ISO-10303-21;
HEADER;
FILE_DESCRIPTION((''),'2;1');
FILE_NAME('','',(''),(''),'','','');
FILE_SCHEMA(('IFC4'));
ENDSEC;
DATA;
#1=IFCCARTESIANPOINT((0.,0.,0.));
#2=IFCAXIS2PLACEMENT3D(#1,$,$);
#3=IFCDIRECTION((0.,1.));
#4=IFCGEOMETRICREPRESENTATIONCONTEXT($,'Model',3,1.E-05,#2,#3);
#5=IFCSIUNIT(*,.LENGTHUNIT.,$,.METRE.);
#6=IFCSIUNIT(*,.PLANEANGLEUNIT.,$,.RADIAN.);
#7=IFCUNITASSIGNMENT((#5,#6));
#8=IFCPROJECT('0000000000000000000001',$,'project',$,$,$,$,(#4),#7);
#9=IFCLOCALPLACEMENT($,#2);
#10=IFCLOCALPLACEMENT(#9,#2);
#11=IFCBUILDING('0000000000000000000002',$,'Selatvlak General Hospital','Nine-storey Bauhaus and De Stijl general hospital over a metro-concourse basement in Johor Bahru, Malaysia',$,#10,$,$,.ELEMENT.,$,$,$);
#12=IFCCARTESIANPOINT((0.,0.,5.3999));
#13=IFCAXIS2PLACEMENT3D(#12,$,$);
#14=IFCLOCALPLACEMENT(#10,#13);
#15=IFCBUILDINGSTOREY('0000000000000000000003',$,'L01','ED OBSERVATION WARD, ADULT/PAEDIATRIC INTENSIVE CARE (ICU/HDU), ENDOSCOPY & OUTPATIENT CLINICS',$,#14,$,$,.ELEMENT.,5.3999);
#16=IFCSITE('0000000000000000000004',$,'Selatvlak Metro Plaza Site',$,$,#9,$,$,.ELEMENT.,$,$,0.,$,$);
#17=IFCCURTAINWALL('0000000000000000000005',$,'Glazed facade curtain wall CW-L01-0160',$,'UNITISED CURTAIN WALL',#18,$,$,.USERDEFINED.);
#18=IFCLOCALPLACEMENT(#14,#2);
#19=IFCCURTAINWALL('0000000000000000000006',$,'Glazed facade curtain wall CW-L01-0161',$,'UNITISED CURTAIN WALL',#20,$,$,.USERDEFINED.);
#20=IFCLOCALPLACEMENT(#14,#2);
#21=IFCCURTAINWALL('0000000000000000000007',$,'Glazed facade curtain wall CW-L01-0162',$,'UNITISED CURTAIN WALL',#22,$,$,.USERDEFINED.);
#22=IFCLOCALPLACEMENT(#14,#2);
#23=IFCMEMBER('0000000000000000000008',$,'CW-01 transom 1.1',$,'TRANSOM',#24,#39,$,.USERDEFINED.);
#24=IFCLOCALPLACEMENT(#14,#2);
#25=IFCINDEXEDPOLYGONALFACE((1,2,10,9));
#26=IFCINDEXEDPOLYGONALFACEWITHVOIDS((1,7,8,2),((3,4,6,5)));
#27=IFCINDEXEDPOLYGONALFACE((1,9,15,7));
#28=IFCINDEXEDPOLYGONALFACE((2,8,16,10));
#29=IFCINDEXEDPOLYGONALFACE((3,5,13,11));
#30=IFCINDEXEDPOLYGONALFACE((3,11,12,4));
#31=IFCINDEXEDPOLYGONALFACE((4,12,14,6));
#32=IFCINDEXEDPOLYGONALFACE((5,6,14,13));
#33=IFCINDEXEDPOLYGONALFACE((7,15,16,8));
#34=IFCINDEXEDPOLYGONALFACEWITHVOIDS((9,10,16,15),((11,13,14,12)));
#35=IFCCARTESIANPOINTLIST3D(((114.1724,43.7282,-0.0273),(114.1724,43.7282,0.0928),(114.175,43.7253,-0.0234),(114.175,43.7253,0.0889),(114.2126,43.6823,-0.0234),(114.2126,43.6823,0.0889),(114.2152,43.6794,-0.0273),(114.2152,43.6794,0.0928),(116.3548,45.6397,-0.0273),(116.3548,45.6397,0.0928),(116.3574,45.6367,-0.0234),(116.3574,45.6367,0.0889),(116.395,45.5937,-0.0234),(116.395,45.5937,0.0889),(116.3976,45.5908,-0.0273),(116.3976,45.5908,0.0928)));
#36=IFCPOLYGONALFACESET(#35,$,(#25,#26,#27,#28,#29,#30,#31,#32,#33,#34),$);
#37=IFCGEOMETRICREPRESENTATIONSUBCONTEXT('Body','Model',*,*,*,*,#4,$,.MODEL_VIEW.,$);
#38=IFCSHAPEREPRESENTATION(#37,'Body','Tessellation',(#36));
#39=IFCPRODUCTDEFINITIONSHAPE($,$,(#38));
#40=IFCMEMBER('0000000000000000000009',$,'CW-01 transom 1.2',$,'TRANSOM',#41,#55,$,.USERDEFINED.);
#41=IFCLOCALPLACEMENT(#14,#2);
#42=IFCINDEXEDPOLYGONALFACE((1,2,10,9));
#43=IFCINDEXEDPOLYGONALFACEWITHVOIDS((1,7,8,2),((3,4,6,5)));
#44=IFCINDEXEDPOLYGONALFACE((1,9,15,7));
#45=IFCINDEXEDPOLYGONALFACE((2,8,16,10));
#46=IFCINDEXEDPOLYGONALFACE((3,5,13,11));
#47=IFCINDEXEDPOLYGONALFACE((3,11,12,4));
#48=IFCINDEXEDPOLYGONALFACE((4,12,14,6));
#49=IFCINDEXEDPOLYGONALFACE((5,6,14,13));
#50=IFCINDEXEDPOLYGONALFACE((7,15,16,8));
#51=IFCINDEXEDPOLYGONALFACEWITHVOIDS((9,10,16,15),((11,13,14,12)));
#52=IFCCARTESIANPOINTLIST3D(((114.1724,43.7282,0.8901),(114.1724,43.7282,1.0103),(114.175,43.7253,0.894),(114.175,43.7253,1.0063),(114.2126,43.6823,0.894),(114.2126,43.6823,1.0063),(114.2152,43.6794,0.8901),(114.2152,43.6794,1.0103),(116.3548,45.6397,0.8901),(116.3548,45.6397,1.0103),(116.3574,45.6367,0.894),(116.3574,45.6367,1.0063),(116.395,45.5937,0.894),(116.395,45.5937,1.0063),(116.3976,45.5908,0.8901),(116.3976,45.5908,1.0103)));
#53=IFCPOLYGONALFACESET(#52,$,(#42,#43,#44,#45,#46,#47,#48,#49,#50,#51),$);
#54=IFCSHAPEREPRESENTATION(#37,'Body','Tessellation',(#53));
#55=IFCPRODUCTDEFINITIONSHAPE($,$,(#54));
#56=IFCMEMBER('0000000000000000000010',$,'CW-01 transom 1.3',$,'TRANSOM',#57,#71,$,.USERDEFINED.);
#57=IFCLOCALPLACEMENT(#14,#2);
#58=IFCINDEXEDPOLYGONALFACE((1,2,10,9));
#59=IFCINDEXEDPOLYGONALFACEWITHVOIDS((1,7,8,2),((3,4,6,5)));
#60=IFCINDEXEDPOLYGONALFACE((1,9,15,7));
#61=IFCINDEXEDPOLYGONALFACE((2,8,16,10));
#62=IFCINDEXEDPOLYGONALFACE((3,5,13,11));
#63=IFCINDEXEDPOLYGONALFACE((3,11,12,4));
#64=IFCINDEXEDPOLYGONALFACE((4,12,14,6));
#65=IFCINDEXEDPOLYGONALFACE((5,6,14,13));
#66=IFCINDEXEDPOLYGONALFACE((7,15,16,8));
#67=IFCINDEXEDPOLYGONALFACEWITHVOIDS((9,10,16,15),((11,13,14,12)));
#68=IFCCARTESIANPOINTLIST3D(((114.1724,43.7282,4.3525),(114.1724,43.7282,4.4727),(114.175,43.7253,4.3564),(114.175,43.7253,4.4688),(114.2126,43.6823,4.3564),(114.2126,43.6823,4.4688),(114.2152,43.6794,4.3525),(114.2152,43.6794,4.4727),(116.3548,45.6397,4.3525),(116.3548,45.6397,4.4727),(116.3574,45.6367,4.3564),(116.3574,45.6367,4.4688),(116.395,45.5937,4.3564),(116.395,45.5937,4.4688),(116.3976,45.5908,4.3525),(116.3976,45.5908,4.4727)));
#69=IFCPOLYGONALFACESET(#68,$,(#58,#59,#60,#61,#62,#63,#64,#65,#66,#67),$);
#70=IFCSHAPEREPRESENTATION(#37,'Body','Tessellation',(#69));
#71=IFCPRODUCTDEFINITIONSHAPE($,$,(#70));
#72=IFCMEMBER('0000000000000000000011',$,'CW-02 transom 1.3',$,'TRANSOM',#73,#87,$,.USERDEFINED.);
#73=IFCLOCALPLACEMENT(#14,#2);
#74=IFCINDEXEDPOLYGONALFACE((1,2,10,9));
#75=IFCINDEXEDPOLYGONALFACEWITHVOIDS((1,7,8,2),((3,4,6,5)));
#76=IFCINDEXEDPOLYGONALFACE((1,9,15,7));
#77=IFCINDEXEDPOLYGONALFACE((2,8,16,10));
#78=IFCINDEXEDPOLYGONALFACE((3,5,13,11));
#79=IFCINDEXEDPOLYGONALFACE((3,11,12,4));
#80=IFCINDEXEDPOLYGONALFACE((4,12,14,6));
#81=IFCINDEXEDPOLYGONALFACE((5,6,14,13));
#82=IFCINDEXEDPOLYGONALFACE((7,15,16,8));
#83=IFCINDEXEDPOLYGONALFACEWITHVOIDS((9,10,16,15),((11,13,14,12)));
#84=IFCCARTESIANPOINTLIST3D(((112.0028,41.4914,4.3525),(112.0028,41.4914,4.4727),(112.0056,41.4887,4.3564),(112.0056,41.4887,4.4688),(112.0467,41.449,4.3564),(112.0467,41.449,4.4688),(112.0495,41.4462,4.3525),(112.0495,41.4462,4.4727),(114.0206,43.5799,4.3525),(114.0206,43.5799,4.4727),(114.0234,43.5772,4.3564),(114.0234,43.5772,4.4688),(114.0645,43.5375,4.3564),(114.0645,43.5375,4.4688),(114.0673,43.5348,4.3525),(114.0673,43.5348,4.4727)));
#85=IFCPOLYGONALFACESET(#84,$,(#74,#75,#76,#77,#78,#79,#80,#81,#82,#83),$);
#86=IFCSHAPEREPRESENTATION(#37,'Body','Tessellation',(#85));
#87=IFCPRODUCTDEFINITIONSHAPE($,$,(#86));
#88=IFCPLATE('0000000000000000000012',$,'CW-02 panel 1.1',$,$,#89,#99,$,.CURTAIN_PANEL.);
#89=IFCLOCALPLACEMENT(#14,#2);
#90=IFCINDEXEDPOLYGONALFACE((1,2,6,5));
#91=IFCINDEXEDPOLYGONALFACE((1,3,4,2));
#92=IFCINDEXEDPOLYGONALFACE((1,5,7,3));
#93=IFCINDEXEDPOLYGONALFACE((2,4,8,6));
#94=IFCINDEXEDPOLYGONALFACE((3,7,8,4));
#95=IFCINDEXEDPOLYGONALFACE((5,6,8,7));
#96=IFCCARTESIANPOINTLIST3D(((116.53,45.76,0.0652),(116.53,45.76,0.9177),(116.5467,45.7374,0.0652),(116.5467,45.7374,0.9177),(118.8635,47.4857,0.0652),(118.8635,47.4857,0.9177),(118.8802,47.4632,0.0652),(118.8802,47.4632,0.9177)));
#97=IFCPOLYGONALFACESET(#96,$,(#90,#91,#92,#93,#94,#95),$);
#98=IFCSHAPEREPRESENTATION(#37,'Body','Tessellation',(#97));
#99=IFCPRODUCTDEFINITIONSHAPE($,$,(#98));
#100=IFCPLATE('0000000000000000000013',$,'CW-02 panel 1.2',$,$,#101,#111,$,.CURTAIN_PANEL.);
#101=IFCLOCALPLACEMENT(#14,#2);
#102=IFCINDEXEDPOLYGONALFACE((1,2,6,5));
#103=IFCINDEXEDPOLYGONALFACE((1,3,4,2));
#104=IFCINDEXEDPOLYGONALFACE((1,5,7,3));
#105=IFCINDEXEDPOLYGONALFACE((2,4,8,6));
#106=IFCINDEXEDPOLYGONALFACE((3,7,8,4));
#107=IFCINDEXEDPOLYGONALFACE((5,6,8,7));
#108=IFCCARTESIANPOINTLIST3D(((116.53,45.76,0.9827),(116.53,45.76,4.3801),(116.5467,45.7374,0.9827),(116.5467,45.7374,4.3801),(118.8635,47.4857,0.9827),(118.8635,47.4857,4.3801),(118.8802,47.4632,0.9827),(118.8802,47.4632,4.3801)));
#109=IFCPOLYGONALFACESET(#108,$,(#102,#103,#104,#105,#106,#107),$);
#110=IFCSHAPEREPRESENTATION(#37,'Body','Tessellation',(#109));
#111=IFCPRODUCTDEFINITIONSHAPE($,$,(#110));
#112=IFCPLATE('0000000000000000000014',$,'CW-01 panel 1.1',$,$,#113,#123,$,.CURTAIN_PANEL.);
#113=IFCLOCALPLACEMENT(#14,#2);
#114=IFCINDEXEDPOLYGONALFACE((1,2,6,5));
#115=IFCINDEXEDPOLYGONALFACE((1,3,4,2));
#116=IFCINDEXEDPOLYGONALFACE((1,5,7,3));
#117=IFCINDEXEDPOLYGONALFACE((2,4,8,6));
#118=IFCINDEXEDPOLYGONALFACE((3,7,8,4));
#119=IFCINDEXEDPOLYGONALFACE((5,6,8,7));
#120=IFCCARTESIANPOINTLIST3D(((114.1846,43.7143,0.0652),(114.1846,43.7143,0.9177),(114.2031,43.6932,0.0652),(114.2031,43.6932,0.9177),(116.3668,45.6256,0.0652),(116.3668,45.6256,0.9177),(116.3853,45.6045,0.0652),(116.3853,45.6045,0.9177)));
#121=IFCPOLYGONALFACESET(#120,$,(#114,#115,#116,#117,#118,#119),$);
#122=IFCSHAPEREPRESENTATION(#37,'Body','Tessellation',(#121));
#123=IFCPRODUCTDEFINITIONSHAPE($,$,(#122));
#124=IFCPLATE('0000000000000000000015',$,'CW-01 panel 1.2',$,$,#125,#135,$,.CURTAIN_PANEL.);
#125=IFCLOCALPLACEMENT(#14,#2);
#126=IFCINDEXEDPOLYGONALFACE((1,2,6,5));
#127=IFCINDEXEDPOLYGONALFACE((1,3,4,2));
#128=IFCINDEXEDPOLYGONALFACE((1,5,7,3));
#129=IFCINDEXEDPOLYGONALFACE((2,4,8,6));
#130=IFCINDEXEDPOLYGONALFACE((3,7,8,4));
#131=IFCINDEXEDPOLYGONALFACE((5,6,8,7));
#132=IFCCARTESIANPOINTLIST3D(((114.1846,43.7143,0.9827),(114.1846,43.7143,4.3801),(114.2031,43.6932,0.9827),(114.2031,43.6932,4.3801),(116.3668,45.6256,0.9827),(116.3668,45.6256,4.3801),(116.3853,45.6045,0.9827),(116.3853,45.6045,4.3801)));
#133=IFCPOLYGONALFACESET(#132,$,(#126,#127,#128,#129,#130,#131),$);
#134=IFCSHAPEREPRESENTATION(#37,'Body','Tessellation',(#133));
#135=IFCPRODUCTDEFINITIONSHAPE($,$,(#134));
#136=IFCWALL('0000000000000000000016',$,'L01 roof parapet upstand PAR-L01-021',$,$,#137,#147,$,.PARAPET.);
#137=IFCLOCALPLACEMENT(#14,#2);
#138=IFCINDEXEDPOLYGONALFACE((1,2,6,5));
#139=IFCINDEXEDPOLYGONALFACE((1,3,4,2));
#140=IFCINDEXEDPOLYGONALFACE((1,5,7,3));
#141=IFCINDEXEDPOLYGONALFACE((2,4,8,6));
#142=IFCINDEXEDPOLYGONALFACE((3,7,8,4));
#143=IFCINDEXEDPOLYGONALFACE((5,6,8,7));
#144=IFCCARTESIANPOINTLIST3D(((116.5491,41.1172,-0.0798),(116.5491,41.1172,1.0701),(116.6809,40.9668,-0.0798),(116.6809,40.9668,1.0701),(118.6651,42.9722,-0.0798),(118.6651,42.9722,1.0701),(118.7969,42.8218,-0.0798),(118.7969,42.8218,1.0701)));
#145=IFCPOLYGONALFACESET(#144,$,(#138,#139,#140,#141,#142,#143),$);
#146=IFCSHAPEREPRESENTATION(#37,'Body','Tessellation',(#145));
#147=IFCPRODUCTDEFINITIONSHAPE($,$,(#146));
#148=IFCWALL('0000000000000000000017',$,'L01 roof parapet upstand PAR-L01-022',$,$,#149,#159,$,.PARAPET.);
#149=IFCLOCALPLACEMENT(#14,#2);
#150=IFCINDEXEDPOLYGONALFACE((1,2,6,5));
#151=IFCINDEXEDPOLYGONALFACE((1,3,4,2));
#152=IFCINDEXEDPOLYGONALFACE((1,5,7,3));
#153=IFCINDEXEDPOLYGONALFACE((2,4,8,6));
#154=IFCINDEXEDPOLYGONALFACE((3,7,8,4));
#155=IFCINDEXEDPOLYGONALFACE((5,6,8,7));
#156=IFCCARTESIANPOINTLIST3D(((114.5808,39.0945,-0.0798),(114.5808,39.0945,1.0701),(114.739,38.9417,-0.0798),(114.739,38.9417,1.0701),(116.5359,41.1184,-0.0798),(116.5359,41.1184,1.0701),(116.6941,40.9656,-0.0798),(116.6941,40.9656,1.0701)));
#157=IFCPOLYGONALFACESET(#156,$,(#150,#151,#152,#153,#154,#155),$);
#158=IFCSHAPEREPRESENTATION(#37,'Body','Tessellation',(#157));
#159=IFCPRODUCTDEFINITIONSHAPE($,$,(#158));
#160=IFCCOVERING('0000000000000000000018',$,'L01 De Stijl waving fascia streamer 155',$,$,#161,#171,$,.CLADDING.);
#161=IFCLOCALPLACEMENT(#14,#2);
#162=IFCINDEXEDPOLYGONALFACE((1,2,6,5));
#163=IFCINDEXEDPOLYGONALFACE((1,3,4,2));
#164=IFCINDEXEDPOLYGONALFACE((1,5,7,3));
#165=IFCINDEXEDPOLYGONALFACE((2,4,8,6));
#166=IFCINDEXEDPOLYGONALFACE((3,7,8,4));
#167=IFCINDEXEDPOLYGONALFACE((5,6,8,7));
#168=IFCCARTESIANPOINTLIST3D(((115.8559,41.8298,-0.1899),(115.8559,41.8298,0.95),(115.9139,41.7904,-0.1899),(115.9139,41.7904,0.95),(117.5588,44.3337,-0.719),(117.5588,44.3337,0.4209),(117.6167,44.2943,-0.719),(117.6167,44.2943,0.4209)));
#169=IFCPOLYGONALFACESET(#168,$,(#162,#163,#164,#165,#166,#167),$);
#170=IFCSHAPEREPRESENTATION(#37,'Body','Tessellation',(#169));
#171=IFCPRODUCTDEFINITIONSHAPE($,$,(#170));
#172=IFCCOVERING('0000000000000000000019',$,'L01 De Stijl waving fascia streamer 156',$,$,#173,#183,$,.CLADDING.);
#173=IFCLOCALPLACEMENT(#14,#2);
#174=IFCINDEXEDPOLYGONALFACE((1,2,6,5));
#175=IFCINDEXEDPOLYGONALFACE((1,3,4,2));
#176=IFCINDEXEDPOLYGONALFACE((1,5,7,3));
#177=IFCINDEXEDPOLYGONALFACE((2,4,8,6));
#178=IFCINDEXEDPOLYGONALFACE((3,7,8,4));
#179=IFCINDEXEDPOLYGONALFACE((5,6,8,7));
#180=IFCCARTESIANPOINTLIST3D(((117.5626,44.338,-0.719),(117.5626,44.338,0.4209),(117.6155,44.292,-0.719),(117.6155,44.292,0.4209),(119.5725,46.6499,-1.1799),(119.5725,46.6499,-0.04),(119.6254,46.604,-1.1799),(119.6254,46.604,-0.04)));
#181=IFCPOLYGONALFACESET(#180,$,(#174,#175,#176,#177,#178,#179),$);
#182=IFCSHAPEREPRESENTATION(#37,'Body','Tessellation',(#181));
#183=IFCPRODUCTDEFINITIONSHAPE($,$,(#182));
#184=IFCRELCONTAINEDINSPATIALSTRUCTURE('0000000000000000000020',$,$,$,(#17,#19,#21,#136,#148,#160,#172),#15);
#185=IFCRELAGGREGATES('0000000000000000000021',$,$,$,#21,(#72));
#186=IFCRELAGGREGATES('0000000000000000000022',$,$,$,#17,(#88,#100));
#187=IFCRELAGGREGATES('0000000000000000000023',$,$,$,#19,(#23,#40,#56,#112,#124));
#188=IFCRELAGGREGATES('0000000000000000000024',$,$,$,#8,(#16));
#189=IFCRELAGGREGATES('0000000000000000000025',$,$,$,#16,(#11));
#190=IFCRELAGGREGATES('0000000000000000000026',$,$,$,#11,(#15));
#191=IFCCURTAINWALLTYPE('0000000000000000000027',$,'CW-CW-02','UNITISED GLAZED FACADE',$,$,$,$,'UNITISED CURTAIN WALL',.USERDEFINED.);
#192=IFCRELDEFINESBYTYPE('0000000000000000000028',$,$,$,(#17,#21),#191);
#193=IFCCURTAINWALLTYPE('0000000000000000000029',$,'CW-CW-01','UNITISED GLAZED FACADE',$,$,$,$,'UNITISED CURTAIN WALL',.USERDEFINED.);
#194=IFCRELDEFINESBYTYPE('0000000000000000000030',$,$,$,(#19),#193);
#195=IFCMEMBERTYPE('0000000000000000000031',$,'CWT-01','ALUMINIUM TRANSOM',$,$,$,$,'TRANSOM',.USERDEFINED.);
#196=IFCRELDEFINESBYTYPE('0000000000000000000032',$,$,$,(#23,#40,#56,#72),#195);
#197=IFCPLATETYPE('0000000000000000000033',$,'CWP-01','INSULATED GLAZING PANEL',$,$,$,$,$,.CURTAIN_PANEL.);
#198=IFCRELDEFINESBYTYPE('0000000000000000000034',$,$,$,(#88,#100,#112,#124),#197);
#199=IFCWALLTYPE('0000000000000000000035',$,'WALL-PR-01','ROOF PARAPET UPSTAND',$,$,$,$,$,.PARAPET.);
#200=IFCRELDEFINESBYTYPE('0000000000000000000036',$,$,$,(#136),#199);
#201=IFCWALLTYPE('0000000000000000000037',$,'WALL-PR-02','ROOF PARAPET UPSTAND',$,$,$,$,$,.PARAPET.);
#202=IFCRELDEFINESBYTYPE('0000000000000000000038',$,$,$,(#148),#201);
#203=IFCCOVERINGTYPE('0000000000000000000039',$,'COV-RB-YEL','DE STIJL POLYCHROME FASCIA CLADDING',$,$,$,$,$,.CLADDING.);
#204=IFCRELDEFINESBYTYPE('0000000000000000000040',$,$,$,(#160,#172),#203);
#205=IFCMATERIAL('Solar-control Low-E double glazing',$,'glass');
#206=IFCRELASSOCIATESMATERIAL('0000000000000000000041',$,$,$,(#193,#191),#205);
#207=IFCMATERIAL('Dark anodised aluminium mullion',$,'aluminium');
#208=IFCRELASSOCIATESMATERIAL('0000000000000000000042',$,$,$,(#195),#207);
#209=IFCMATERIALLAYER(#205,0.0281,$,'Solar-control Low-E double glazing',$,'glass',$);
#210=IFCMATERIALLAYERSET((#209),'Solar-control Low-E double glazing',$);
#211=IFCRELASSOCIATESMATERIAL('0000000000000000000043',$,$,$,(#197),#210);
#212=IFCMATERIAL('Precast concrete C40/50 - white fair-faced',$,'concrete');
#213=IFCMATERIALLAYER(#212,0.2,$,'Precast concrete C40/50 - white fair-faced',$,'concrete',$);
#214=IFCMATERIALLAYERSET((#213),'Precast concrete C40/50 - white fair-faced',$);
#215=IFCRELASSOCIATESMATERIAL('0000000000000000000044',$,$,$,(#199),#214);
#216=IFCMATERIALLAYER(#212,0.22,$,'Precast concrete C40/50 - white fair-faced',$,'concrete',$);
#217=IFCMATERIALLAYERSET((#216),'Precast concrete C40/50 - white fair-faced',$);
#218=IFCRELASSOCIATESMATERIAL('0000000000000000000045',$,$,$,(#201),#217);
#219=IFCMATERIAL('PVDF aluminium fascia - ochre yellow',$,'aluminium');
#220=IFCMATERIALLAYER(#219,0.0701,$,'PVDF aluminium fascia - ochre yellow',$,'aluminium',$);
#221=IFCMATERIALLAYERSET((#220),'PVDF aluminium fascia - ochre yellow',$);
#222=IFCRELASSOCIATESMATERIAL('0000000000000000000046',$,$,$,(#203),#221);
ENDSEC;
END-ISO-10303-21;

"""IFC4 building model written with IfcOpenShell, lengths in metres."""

from ifc_helpers import new_model, si_unit, direction, frame, frame_2d, origin, origin_2d, place, context, subcontext, project, spatial, polyline, rectangle, hollow_rectangle, outline, extrude, material, layer, layer_set, material_profile, profile_set, type_object, element, aggregate, save


model = new_model("IFC4")

# Units and contexts
model_context = context("Model", 3, precision=1e-05, world=origin(), true_north=direction((0.0, 1.0)))
body_context = subcontext(model_context, "Body", "Model", "MODEL_VIEW")
ifc_project = project(units=[si_unit("LENGTHUNIT", "METRE"), si_unit("PLANEANGLEUNIT", "RADIAN")], contexts=[model_context])

# Site, building, storey
site_placement = place(None, origin())
site = spatial("IfcSite", under=ifc_project, at=site_placement, Name="Selatvlak Metro Plaza Site", CompositionType="ELEMENT", RefElevation=0.0)
building_placement = place(site_placement, origin())
building = spatial("IfcBuilding", under=site, at=building_placement, Name="Selatvlak General Hospital", Description="Nine-storey Bauhaus and De Stijl general hospital over a metro-concourse basement in Johor Bahru, Malaysia", CompositionType="ELEMENT")
storey_placement = place(building_placement, frame((0.0, 0.0, 5.3999)))
storey = spatial("IfcBuildingStorey", under=building, at=storey_placement, Name="L01", Description="ED OBSERVATION WARD, ADULT/PAEDIATRIC INTENSIVE CARE (ICU/HDU), ENDOSCOPY & OUTPATIENT CLINICS", CompositionType="ELEMENT", Elevation=5.3999)

# Shared definitions
ifc_material_1 = material(Name="Solar-control Low-E double glazing", Category="glass")
curtain_wall_type_1 = type_object("IfcCurtainWallType", Name="CW-CW-01", Description="UNITISED GLAZED FACADE", ElementType="UNITISED CURTAIN WALL", PredefinedType="USERDEFINED", material=ifc_material_1)
ifc_material_2 = material(Name="Dark anodised aluminium mullion", Category="aluminium")

# Curtain walls
curtain_wall_type_2 = type_object("IfcCurtainWallType", Name="CW-CW-02", Description="UNITISED GLAZED FACADE", ElementType="UNITISED CURTAIN WALL", PredefinedType="USERDEFINED", material=ifc_material_1)
curtain_wall_1_placement = place(storey_placement, origin())
curtain_wall_1 = element("IfcCurtainWall", 1, at=curtain_wall_1_placement, inside=storey, type_object=curtain_wall_type_2, Name="Glazed facade curtain wall CW-L01-0160", ObjectType="UNITISED CURTAIN WALL", PredefinedType="USERDEFINED")
curtain_wall_2_placement = place(storey_placement, origin())
curtain_wall_2 = element("IfcCurtainWall", 2, at=curtain_wall_2_placement, inside=storey, type_object=curtain_wall_type_1, Name="Glazed facade curtain wall CW-L01-0161", ObjectType="UNITISED CURTAIN WALL", PredefinedType="USERDEFINED")

# Curtain wall
curtain_wall_3_placement = place(storey_placement, origin())
curtain_wall_3 = element("IfcCurtainWall", 3, at=curtain_wall_3_placement, inside=storey, type_object=curtain_wall_type_2, Name="Glazed facade curtain wall CW-L01-0162", ObjectType="UNITISED CURTAIN WALL", PredefinedType="USERDEFINED")

# Members
ifc_material_profile_1 = material_profile(ifc_material_2, hollow_rectangle(XDim=0.0649, YDim=0.1201, WallThickness=0.0039, at=origin_2d()), Name="AL-TRN 65x120x4")
ifc_profile_set_1 = profile_set([ifc_material_profile_1], Name="Dark anodised aluminium mullion")
member_type_1 = type_object("IfcMemberType", Name="CWT-01", Description="ALUMINIUM TRANSOM", ElementType="TRANSOM", PredefinedType="USERDEFINED", material=ifc_profile_set_1)
member_1_placement = place(storey_placement, frame((116.3762, 45.6152, 0.0327), z_axis=(-0.752269, -0.658856, 0.0), x_axis=(0.658856, -0.752269, 0.0)))
member_1 = element("IfcMember", 4, at=member_1_placement, type_object=member_type_1, Name="CW-01 transom 1.1", ObjectType="TRANSOM", PredefinedType="USERDEFINED", context=body_context, shape_type="SweptSolid", body=[
    extrude(hollow_rectangle(XDim=0.0649, YDim=0.1201, WallThickness=0.0039, at=origin_2d()), origin(), (0.0, 0.0, 1.0), 2.9011),
])
member_2_placement = place(storey_placement, frame((116.3762, 45.6152, 0.9502), z_axis=(-0.752269, -0.658856, 0.0), x_axis=(0.658856, -0.752269, 0.0)))
member_2 = element("IfcMember", 5, at=member_2_placement, type_object=member_type_1, Name="CW-01 transom 1.2", ObjectType="TRANSOM", PredefinedType="USERDEFINED", context=body_context, shape_type="SweptSolid", body=[
    extrude(hollow_rectangle(XDim=0.0649, YDim=0.1201, WallThickness=0.0039, at=origin_2d()), origin(), (0.0, 0.0, 1.0), 2.9011),
])
member_3_placement = place(storey_placement, frame((116.3762, 45.6152, 4.4126), z_axis=(-0.752269, -0.658856, 0.0), x_axis=(0.658856, -0.752269, 0.0)))
member_3 = element("IfcMember", 6, at=member_3_placement, type_object=member_type_1, Name="CW-01 transom 1.3", ObjectType="TRANSOM", PredefinedType="USERDEFINED", context=body_context, shape_type="SweptSolid", body=[
    extrude(hollow_rectangle(XDim=0.0649, YDim=0.1201, WallThickness=0.0039, at=origin_2d()), origin(), (0.0, 0.0, 1.0), 2.9011),
])
member_4_placement = place(storey_placement, frame((114.0439, 43.5574, 4.4126), z_axis=(-0.694812, -0.719191, 0.0), x_axis=(0.719191, -0.694812, 0.0)))
member_4 = element("IfcMember", 7, at=member_4_placement, type_object=member_type_1, Name="CW-02 transom 1.3", ObjectType="TRANSOM", PredefinedType="USERDEFINED", context=body_context, shape_type="SweptSolid", body=[
    extrude(hollow_rectangle(XDim=0.0649, YDim=0.1201, WallThickness=0.0039, at=origin_2d()), origin(), (0.0, 0.0, 1.0), 2.9041),
])
aggregate(curtain_wall_3, [member_4])

# Plates
ifc_layer_1 = layer(ifc_material_1, 0.0281, Name="Solar-control Low-E double glazing", Category="glass")
ifc_layer_set_1 = layer_set([ifc_layer_1], Name="Solar-control Low-E double glazing")
plate_type = type_object("IfcPlateType", Name="CWP-01", Description="INSULATED GLAZING PANEL", PredefinedType="CURTAIN_PANEL", material=ifc_layer_set_1)
plate_1_placement = place(storey_placement, frame((117.7051, 46.6116, 0.0652), z_axis=(0.0, 0.0, 1.0), x_axis=(-0.804018, -0.594604, 0.0)))
plate_1 = element("IfcPlate", 8, at=plate_1_placement, type_object=plate_type, Name="CW-02 panel 1.1", PredefinedType="CURTAIN_PANEL", context=body_context, shape_type="SweptSolid", body=[
    extrude(rectangle(XDim=2.9023, YDim=0.0281, at=origin_2d()), origin(), (0.0, 0.0, 1.0), 0.8525),
])
plate_2_placement = place(storey_placement, frame((117.7051, 46.6116, 0.9827), z_axis=(0.0, 0.0, 1.0), x_axis=(-0.804018, -0.594604, 0.0)))
plate_2 = element("IfcPlate", 9, at=plate_2_placement, type_object=plate_type, Name="CW-02 panel 1.2", PredefinedType="CURTAIN_PANEL", context=body_context, shape_type="SweptSolid", body=[
    extrude(rectangle(XDim=2.9023, YDim=0.0281, at=origin_2d()), origin(), (0.0, 0.0, 1.0), 3.3975),
])
aggregate(curtain_wall_1, [plate_1, plate_2])
plate_3_placement = place(storey_placement, frame((115.2849, 44.6594, 0.0652), z_axis=(0.0, 0.0, 1.0), x_axis=(-0.75225, -0.658878, 0.0)))
plate_3 = element("IfcPlate", 10, at=plate_3_placement, type_object=plate_type, Name="CW-01 panel 1.1", PredefinedType="CURTAIN_PANEL", context=body_context, shape_type="SweptSolid", body=[
    extrude(rectangle(XDim=2.9009, YDim=0.0281, at=origin_2d()), origin(), (0.0, 0.0, 1.0), 0.8525),
])
plate_4_placement = place(storey_placement, frame((115.2849, 44.6594, 0.9827), z_axis=(0.0, 0.0, 1.0), x_axis=(-0.75225, -0.658878, 0.0)))
plate_4 = element("IfcPlate", 11, at=plate_4_placement, type_object=plate_type, Name="CW-01 panel 1.2", PredefinedType="CURTAIN_PANEL", context=body_context, shape_type="SweptSolid", body=[
    extrude(rectangle(XDim=2.9009, YDim=0.0281, at=origin_2d()), origin(), (0.0, 0.0, 1.0), 3.3975),
])
aggregate(curtain_wall_2, [member_1, member_2, member_3, plate_3, plate_4])

# Walls
ifc_material_3 = material(Name="Precast concrete C40/50 - white fair-faced", Category="concrete")
ifc_layer_2 = layer(ifc_material_3, 0.2, Name="Precast concrete C40/50 - white fair-faced", Category="concrete")
ifc_layer_set_2 = layer_set([ifc_layer_2], Name="Precast concrete C40/50 - white fair-faced")
wall_type_1 = type_object("IfcWallType", Name="WALL-PR-01", Description="ROOF PARAPET UPSTAND", PredefinedType="PARAPET", material=ifc_layer_set_2)
wall_1_placement = place(storey_placement, frame((118.731, 42.897, -0.0798), z_axis=(0.0, 0.0, 1.0), x_axis=(-0.751958, -0.659211, 0.0)))
element("IfcWall", 12, at=wall_1_placement, inside=storey, type_object=wall_type_1, Name="L01 roof parapet upstand PAR-L01-021", PredefinedType="PARAPET", context=body_context, shape_type="SweptSolid", body=[
    extrude(rectangle(XDim=2.814, YDim=0.2, at=frame_2d((1.407, 0.0))), origin(), (0.0, 0.0, 1.0), 1.1499),
])
ifc_layer_3 = layer(ifc_material_3, 0.22, Name="Precast concrete C40/50 - white fair-faced", Category="concrete")
ifc_layer_set_3 = layer_set([ifc_layer_3], Name="Precast concrete C40/50 - white fair-faced")
wall_type_2 = type_object("IfcWallType", Name="WALL-PR-02", Description="ROOF PARAPET UPSTAND", PredefinedType="PARAPET", material=ifc_layer_set_3)
wall_2_placement = place(storey_placement, frame((116.615, 41.042, -0.0798), z_axis=(0.0, 0.0, 1.0), x_axis=(-0.694768, -0.719234, 0.0)))
element("IfcWall", 13, at=wall_2_placement, inside=storey, type_object=wall_type_2, Name="L01 roof parapet upstand PAR-L01-022", PredefinedType="PARAPET", context=body_context, shape_type="SweptSolid", body=[
    extrude(rectangle(XDim=2.814, YDim=0.22, at=frame_2d((1.407, 0.0))), origin(), (0.0, 0.0, 1.0), 1.1499),
])

# Coverings
ifc_material_4 = material(Name="PVDF aluminium fascia - ochre yellow", Category="aluminium")
ifc_layer_4 = layer(ifc_material_4, 0.0701, Name="PVDF aluminium fascia - ochre yellow", Category="aluminium")
ifc_layer_set_4 = layer_set([ifc_layer_4], Name="PVDF aluminium fascia - ochre yellow")
covering_type_1 = type_object("IfcCoveringType", Name="COV-RB-YEL", Description="DE STIJL POLYCHROME FASCIA CLADDING", PredefinedType="CLADDING", material=ifc_layer_set_4)
covering_1_placement = place(storey_placement, frame((115.885, 41.8101, -0.1899), z_axis=(0.0, 0.0, 1.0), x_axis=(0.562361, 0.826892, 0.0)))
element("IfcCovering", 14, at=covering_1_placement, inside=storey, type_object=covering_type_1, Name="L01 De Stijl waving fascia streamer 155", PredefinedType="CLADDING", context=body_context, shape_type="SweptSolid", body=[
    extrude(outline(polyline([(0.0, 0.0), (3.0281, -0.5291), (3.0281, 0.6108), (0.0, 1.1399), (0.0, 0.0)])), frame((0.0, 0.0352, 0.0), z_axis=(0.0, -1.0, 0.0), x_axis=(1.0, 0.0, 0.0)), (0.0, 0.0, 1.0), 0.0701),
])
covering_2_placement = place(storey_placement, frame((117.5891, 44.3149, -0.719), z_axis=(0.0, 0.0, 1.0), x_axis=(0.656098, 0.754676, 0.0)))
element("IfcCovering", 15, at=covering_2_placement, inside=storey, type_object=covering_type_1, Name="L01 De Stijl waving fascia streamer 156", PredefinedType="CLADDING", context=body_context, shape_type="SweptSolid", body=[
    extrude(outline(polyline([(0.0, 0.0), (3.0635, -0.4609), (3.0635, 0.679), (0.0, 1.1399), (0.0, 0.0)])), frame((0.0, 0.0352, 0.0), z_axis=(0.0, -1.0, 0.0), x_axis=(1.0, 0.0, 0.0)), (0.0, 0.0, 1.0), 0.0701),
])

save(model, "model.ifc")
